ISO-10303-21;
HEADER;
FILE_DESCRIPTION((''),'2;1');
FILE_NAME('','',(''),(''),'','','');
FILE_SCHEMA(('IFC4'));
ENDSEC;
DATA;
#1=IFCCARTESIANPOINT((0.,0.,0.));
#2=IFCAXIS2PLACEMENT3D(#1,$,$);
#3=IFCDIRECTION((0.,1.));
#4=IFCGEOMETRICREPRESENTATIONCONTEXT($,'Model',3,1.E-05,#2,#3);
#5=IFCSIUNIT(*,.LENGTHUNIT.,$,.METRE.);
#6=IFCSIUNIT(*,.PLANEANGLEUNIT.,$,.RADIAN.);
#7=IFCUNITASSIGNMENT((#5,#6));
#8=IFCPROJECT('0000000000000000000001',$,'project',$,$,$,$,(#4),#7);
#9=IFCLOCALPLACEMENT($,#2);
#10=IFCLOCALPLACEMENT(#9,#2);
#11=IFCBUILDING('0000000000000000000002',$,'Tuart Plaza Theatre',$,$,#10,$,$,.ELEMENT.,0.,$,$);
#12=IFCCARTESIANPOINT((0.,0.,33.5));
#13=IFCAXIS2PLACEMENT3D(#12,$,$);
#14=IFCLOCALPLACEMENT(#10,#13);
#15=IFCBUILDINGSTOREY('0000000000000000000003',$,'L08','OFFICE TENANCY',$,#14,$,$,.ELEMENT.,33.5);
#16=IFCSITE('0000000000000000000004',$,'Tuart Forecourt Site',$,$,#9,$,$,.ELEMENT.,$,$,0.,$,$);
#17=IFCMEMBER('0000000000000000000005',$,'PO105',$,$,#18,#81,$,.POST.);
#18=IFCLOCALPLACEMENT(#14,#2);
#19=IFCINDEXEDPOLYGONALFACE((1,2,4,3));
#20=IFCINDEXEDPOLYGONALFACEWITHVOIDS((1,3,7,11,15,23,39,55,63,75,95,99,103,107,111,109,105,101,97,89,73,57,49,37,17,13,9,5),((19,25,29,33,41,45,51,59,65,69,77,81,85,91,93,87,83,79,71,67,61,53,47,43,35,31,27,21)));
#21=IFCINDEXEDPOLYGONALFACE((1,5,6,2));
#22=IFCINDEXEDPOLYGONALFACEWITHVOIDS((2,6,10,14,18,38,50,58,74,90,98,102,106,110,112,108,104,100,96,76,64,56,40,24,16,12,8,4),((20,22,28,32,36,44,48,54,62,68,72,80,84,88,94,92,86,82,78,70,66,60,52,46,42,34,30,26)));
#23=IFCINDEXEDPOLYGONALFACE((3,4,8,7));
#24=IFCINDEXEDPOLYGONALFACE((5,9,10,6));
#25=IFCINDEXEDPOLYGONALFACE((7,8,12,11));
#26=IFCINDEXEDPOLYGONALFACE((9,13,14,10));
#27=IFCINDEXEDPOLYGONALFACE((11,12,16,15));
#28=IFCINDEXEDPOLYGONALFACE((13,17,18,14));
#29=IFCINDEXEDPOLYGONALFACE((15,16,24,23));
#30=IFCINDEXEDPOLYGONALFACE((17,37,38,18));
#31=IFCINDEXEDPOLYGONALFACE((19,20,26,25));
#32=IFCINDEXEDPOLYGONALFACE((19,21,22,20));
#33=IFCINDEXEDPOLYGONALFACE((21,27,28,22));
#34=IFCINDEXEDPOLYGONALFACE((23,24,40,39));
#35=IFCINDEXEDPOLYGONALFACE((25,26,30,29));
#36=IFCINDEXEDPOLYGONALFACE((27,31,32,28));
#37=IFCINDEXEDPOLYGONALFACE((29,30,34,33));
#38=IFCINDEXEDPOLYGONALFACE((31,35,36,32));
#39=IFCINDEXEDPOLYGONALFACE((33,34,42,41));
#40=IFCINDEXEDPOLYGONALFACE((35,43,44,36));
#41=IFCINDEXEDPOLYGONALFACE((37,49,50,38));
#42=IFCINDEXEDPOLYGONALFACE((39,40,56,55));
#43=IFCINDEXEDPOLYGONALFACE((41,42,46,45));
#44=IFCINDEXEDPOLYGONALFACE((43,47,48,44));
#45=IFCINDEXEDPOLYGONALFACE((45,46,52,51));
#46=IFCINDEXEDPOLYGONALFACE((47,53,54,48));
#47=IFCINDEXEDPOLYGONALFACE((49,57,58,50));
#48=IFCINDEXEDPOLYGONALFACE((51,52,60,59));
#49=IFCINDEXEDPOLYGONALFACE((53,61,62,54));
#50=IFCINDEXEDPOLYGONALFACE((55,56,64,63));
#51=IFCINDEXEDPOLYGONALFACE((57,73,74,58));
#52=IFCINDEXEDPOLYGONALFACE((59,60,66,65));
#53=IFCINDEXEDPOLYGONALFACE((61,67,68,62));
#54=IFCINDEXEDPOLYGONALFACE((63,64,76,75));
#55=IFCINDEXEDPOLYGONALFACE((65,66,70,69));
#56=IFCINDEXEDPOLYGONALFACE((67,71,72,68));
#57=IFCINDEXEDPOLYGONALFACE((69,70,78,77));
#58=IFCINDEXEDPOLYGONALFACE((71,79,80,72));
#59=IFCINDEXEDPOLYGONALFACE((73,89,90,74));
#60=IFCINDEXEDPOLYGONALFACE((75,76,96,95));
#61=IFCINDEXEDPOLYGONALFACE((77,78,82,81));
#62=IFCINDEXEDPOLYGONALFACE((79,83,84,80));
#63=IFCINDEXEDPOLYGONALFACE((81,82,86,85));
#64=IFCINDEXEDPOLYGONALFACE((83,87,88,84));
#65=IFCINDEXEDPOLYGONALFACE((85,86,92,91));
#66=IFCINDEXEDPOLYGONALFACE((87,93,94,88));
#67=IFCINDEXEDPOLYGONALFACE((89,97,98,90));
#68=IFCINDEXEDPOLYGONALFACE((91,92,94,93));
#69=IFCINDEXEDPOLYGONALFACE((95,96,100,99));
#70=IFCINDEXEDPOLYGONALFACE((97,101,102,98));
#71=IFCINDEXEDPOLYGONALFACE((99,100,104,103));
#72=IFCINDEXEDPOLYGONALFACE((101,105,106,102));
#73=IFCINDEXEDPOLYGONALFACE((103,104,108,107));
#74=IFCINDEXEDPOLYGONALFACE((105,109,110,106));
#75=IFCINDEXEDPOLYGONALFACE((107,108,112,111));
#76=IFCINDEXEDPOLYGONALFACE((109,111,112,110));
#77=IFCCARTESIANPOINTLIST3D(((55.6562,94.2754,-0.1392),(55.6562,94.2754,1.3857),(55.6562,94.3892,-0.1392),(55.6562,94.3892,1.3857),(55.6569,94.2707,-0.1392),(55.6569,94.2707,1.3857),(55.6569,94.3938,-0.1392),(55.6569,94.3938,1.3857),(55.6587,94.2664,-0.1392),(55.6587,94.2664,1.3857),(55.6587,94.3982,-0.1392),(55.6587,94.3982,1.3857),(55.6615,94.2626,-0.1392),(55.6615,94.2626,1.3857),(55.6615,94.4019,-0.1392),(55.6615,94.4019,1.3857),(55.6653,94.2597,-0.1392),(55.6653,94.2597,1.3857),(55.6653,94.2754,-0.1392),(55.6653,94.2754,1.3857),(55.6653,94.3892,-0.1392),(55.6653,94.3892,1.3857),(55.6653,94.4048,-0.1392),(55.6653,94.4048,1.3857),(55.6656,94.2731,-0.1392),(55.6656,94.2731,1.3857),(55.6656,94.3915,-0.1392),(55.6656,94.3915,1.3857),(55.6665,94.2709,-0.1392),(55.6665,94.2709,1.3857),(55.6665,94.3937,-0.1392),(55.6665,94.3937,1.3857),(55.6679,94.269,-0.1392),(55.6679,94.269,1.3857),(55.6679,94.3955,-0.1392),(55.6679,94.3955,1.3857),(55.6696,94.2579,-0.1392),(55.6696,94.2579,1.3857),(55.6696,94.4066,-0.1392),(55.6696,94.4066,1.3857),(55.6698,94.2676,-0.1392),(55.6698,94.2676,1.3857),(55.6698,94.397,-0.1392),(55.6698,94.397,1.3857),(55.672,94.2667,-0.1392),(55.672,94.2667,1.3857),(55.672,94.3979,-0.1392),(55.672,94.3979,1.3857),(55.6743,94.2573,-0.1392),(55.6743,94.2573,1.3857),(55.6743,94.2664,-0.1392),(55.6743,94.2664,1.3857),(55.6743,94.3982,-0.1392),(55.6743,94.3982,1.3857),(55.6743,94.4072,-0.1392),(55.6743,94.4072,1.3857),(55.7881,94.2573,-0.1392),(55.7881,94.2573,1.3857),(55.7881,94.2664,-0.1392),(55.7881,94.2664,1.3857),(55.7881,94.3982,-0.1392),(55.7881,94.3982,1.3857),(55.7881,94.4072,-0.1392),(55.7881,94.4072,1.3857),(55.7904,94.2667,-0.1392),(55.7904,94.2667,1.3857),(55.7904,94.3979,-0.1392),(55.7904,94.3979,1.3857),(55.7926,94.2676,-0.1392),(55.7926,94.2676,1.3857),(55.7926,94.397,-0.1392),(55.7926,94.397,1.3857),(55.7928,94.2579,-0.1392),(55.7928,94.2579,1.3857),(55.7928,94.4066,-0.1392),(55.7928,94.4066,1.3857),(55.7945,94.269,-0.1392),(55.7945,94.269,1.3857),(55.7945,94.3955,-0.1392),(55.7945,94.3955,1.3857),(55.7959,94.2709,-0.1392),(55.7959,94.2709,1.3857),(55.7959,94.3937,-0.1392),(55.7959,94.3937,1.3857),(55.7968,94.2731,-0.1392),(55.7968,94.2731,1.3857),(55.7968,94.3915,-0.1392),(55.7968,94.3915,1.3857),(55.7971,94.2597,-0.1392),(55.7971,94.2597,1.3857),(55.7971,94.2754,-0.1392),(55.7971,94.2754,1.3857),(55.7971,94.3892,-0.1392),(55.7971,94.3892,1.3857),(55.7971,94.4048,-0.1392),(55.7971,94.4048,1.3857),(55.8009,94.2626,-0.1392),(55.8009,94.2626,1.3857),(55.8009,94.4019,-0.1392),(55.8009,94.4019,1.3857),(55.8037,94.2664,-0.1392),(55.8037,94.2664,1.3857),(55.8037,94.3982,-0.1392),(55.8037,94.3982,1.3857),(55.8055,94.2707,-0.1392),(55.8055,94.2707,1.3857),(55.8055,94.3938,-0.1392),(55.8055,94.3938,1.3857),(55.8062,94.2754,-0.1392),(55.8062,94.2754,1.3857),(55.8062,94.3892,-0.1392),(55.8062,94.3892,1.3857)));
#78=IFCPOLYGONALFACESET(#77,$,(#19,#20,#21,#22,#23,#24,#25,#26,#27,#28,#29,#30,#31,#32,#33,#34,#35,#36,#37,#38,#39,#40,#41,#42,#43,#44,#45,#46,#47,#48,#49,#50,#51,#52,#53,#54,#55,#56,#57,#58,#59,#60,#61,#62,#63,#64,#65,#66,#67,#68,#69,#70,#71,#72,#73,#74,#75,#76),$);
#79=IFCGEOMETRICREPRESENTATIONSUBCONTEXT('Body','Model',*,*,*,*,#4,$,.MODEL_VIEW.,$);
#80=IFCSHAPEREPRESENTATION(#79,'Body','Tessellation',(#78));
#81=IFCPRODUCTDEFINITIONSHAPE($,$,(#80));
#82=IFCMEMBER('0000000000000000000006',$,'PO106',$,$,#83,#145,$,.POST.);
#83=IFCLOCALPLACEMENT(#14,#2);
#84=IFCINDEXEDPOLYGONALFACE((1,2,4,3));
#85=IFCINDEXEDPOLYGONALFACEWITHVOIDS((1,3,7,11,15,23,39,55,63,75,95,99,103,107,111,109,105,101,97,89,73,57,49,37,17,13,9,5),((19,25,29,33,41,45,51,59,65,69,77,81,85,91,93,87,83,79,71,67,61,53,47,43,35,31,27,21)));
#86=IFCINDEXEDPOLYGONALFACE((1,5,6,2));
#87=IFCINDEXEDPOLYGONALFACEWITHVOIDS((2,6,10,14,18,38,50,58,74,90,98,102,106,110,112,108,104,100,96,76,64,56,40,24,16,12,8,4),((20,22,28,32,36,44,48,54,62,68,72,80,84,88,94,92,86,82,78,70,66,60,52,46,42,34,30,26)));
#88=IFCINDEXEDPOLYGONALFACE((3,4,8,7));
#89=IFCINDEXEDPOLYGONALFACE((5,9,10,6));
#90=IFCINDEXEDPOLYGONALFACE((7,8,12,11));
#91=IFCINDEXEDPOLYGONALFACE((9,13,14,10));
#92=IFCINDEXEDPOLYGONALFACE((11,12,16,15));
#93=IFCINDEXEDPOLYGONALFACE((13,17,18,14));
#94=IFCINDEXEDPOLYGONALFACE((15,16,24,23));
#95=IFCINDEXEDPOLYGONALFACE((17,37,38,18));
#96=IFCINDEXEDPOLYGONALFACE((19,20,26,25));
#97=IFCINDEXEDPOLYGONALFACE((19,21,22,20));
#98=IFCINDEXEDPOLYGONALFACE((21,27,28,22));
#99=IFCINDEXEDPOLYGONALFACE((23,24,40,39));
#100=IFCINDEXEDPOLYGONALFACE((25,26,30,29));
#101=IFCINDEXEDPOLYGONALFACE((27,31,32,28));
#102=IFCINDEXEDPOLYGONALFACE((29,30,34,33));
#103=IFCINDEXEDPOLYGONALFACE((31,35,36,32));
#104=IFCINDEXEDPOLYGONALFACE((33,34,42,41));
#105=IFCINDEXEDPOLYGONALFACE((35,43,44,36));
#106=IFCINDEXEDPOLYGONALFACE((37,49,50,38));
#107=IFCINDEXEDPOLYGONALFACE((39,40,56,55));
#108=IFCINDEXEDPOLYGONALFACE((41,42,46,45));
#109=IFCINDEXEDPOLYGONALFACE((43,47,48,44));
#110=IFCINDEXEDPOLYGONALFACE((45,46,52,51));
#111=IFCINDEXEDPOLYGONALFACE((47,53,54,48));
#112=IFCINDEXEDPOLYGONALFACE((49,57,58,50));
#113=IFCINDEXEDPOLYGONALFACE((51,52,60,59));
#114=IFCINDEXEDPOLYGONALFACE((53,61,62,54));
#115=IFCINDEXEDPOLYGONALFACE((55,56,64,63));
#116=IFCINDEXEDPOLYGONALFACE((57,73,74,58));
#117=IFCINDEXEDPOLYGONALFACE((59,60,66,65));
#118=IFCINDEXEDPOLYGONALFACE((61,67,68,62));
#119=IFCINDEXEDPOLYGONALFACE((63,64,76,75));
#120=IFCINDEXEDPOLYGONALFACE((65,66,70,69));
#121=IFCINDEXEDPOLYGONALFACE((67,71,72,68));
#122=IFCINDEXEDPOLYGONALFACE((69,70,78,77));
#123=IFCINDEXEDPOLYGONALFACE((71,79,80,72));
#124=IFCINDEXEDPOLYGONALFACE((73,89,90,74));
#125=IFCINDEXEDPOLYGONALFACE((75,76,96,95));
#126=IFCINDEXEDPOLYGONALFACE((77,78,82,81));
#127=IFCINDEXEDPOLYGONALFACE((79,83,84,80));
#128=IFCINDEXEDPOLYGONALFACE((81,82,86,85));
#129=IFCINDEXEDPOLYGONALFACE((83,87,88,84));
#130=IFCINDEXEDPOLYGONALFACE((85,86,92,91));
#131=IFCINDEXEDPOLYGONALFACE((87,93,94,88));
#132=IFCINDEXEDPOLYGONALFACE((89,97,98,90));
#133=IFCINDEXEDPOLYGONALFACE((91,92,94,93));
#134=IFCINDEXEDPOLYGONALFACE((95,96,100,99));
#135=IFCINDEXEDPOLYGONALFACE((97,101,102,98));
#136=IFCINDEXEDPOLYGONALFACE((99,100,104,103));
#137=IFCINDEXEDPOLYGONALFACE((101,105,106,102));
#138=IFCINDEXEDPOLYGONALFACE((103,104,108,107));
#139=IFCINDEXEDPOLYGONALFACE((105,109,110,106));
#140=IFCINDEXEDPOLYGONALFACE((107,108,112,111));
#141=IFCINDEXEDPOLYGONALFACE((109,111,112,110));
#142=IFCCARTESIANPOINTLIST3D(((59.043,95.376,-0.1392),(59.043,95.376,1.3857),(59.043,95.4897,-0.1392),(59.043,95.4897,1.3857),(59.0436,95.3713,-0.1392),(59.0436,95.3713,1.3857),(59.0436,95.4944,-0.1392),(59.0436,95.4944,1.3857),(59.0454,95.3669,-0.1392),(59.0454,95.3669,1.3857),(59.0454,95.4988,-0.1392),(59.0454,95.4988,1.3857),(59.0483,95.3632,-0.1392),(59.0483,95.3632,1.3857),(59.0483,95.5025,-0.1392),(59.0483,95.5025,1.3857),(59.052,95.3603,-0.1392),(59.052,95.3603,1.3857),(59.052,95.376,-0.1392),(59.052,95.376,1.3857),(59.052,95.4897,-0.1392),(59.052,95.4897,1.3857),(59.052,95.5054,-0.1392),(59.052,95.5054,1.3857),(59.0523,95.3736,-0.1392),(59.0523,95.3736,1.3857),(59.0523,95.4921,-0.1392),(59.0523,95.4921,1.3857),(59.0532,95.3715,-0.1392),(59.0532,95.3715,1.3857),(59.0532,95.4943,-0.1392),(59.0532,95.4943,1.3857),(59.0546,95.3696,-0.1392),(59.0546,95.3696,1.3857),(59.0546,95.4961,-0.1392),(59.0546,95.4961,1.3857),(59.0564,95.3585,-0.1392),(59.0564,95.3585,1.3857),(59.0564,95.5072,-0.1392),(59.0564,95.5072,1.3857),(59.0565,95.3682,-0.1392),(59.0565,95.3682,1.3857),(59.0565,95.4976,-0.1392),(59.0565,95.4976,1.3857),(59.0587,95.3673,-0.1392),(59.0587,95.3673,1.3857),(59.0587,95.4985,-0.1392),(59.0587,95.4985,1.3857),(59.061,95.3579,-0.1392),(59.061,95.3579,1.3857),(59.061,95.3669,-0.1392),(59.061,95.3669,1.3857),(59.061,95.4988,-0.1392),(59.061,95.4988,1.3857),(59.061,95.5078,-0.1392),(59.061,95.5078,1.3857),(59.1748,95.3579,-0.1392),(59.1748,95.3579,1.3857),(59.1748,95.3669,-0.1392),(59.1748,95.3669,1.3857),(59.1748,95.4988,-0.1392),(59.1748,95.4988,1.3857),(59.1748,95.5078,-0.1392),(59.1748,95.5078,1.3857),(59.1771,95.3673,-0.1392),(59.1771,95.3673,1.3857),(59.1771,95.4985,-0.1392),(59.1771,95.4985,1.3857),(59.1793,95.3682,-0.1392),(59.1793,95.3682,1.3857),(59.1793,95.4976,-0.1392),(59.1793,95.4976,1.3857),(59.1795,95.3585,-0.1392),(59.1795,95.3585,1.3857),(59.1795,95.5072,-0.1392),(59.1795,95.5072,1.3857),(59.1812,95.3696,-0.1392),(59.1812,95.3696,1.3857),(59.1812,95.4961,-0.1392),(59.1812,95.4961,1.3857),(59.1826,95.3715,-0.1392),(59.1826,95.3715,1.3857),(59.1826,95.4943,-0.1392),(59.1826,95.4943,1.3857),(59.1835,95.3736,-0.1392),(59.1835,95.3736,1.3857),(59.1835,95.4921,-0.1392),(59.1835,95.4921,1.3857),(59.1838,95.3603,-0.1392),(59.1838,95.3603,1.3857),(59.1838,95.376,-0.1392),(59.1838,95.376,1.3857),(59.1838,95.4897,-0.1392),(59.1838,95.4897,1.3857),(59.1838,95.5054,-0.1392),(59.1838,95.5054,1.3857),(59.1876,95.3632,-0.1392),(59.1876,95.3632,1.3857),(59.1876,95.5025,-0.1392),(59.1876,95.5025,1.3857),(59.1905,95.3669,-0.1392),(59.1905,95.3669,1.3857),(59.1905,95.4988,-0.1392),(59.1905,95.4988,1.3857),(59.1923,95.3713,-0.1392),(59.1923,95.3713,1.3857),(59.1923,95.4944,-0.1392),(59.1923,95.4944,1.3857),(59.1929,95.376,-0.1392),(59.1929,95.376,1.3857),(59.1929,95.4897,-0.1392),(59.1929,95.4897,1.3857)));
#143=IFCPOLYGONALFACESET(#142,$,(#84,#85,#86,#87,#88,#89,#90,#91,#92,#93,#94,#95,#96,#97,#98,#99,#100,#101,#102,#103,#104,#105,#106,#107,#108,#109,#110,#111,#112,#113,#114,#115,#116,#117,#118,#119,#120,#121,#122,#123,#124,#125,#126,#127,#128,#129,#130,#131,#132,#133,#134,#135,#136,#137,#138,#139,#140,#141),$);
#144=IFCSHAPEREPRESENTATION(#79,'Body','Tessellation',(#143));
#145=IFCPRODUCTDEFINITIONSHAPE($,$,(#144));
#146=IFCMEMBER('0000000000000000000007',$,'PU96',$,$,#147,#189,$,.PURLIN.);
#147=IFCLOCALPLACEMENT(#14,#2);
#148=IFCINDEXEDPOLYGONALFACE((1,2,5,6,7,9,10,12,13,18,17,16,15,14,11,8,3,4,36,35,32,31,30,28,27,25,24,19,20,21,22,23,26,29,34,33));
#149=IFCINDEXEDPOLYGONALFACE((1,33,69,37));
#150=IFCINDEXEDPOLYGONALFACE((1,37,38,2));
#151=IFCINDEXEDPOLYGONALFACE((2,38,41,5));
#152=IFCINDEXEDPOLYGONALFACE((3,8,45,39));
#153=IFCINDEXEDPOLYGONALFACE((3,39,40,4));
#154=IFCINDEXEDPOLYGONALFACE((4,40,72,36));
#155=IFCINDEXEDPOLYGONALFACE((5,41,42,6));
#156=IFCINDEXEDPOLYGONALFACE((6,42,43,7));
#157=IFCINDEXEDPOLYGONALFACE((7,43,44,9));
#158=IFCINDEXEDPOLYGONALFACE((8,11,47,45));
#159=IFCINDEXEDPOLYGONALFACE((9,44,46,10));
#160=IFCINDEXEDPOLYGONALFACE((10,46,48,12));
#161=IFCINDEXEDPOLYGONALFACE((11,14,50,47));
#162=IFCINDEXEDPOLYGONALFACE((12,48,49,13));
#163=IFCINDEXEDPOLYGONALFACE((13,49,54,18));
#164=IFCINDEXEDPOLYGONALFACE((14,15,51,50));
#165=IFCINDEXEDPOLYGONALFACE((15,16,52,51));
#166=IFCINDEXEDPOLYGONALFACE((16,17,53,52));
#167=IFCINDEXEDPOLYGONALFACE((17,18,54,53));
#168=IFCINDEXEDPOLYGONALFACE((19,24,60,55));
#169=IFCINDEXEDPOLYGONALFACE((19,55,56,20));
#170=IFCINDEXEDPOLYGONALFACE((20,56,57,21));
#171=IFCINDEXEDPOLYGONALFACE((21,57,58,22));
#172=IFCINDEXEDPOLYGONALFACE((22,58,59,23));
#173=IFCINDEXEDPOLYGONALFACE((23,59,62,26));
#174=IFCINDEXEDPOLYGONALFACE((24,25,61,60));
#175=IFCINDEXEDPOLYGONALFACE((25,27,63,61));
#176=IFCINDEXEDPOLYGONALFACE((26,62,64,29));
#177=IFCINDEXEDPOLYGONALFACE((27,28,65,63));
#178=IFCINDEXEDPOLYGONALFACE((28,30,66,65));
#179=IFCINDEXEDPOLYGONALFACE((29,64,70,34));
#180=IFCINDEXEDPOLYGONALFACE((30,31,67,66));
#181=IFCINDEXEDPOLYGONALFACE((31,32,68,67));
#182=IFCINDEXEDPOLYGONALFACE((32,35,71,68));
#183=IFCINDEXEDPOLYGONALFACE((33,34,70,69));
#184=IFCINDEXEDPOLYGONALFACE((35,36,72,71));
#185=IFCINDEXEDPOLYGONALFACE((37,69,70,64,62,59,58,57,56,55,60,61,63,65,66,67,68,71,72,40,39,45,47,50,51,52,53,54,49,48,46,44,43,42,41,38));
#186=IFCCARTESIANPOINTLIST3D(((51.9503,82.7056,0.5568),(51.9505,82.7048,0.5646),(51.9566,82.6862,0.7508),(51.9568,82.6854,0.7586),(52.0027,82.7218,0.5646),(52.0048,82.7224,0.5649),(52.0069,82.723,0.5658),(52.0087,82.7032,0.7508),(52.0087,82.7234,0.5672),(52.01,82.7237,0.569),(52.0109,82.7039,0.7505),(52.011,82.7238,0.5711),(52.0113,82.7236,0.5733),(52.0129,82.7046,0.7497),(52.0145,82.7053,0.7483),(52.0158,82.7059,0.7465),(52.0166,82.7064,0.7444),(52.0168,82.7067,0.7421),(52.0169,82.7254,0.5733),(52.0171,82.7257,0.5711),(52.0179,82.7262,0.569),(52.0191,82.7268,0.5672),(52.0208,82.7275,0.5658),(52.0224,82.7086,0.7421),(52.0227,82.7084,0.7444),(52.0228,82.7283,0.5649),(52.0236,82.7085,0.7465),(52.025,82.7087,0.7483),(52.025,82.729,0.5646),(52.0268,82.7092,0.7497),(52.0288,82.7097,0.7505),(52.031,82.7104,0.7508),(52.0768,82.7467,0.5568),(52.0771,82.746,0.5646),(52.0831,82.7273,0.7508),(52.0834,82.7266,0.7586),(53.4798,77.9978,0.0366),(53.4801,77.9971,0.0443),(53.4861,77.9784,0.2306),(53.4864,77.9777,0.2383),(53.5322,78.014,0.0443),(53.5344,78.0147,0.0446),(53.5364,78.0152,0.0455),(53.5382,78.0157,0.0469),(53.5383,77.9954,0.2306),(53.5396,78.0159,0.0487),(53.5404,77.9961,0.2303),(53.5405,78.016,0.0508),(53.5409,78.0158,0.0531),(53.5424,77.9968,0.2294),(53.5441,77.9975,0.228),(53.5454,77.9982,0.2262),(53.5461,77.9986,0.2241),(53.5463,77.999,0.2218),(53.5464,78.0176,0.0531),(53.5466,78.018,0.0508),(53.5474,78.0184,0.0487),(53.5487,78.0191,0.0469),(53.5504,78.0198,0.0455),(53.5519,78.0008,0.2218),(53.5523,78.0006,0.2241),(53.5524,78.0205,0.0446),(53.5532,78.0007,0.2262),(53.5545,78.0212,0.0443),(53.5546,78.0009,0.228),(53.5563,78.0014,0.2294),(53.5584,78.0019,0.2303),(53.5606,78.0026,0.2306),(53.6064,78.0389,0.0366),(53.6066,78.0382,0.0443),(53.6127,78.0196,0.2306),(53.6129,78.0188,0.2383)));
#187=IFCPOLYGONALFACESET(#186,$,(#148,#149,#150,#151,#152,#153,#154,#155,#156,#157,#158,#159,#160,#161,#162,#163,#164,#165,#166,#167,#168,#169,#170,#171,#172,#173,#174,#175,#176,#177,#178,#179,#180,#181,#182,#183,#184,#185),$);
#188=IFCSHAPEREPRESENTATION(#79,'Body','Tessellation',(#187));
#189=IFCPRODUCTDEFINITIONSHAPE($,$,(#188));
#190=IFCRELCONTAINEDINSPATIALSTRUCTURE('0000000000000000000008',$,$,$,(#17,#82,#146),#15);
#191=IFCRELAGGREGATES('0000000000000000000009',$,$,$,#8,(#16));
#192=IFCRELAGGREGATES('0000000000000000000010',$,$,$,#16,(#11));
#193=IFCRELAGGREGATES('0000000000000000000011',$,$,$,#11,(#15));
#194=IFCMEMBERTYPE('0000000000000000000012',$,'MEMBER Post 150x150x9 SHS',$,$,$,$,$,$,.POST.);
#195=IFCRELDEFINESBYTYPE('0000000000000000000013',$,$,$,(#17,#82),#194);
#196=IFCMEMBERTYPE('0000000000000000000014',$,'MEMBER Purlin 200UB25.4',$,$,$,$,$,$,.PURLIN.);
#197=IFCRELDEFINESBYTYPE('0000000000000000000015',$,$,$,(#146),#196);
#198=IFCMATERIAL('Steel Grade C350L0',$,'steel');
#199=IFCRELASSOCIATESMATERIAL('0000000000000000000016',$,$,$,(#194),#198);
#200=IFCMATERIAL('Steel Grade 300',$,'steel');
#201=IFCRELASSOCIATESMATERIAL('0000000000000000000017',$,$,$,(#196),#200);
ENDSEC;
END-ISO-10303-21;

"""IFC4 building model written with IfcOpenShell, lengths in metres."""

from ifc_helpers import new_model, si_unit, direction, frame, origin, origin_2d, place, context, subcontext, project, spatial, hollow_rectangle, i_section, extrude, material, material_profile, profile_set, type_object, element, save


model = new_model("IFC4")

# Units and contexts
model_context = context("Model", 3, precision=1e-05, world=origin(), true_north=direction((0.0, 1.0)))
body_context = subcontext(model_context, "Body", "Model", "MODEL_VIEW")
ifc_project = project(units=[si_unit("LENGTHUNIT", "METRE"), si_unit("PLANEANGLEUNIT", "RADIAN")], contexts=[model_context])

# Site, building, storey
site_placement = place(None, origin())
site = spatial("IfcSite", under=ifc_project, at=site_placement, Name="Tuart Forecourt Site", CompositionType="ELEMENT", RefElevation=0.0)
building_placement = place(site_placement, origin())
building = spatial("IfcBuilding", under=site, at=building_placement, Name="Tuart Plaza Theatre", CompositionType="ELEMENT", ElevationOfRefHeight=0.0)
storey_placement = place(building_placement, frame((0.0, 0.0, 33.5)))
storey = spatial("IfcBuildingStorey", under=building, at=storey_placement, Name="L08", Description="OFFICE TENANCY", CompositionType="ELEMENT", Elevation=33.5)

# Members
ifc_material_1 = material(Name="Steel Grade C350L0", Category="steel")
ifc_material_profile_1 = material_profile(ifc_material_1, hollow_rectangle(XDim=0.1499, YDim=0.1499, WallThickness=0.009, InnerFilletRadius=0.009, OuterFilletRadius=0.0181, at=origin_2d()), Name="150x150x9 SHS")
ifc_profile_set_1 = profile_set([ifc_material_profile_1], Name="Steel Grade C350L0")
member_type_1 = type_object("IfcMemberType", Name="MEMBER Post 150x150x9 SHS", PredefinedType="POST", material=ifc_profile_set_1)
for number, where, z_axis, x_axis, name in (
    (1, (55.7312, 94.3323, -0.1392), (0.0, 0.0, 1.0), (1.0, 0.0, 0.0), "PO105"),
    (2, (59.1179, 95.4329, -0.1392), (0.0, 0.0, 1.0), (1.0, 0.0, 0.0), "PO106"),
):
    element("IfcMember", number, at=place(storey_placement, frame(where, z_axis=z_axis, x_axis=x_axis)), inside=storey, type_object=member_type_1, Name=name, PredefinedType="POST", context=body_context, shape_type="SweptSolid", body=[
        extrude(hollow_rectangle(XDim=0.1499, YDim=0.1499, WallThickness=0.009, InnerFilletRadius=0.009, OuterFilletRadius=0.0181, at=origin_2d()), origin(), (0.0, 0.0, 1.0), 1.5249),
    ])
ifc_material_2 = material(Name="Steel Grade 300", Category="steel")
ifc_material_profile_2 = material_profile(ifc_material_2, i_section(OverallWidth=0.1331, OverallDepth=0.2029, WebThickness=0.0059, FlangeThickness=0.0078, FilletRadius=0.0088, at=origin_2d()), Name="200UB25.4")
ifc_profile_set_2 = profile_set([ifc_material_profile_2], Name="Steel Grade 300")
member_type_2 = type_object("IfcMemberType", Name="MEMBER Purlin 200UB25.4", PredefinedType="PURLIN", material=ifc_profile_set_2)
for number, where, z_axis, x_axis, name in (
    (3, (53.5464, 78.0083, 0.1375), (-0.307305, 0.945853, 0.104528), (-0.951063, -0.308998, 0.0), "PU96"),
):
    element("IfcMember", number, at=place(storey_placement, frame(where, z_axis=z_axis, x_axis=x_axis)), inside=storey, type_object=member_type_2, Name=name, PredefinedType="PURLIN", context=body_context, shape_type="SweptSolid", body=[
        extrude(i_section(OverallWidth=0.1331, OverallDepth=0.2029, WebThickness=0.0059, FlangeThickness=0.0078, FilletRadius=0.0088, at=origin_2d()), origin(), (0.0, 0.0, 1.0), 4.9773),
    ])

save(model, "model.ifc")
